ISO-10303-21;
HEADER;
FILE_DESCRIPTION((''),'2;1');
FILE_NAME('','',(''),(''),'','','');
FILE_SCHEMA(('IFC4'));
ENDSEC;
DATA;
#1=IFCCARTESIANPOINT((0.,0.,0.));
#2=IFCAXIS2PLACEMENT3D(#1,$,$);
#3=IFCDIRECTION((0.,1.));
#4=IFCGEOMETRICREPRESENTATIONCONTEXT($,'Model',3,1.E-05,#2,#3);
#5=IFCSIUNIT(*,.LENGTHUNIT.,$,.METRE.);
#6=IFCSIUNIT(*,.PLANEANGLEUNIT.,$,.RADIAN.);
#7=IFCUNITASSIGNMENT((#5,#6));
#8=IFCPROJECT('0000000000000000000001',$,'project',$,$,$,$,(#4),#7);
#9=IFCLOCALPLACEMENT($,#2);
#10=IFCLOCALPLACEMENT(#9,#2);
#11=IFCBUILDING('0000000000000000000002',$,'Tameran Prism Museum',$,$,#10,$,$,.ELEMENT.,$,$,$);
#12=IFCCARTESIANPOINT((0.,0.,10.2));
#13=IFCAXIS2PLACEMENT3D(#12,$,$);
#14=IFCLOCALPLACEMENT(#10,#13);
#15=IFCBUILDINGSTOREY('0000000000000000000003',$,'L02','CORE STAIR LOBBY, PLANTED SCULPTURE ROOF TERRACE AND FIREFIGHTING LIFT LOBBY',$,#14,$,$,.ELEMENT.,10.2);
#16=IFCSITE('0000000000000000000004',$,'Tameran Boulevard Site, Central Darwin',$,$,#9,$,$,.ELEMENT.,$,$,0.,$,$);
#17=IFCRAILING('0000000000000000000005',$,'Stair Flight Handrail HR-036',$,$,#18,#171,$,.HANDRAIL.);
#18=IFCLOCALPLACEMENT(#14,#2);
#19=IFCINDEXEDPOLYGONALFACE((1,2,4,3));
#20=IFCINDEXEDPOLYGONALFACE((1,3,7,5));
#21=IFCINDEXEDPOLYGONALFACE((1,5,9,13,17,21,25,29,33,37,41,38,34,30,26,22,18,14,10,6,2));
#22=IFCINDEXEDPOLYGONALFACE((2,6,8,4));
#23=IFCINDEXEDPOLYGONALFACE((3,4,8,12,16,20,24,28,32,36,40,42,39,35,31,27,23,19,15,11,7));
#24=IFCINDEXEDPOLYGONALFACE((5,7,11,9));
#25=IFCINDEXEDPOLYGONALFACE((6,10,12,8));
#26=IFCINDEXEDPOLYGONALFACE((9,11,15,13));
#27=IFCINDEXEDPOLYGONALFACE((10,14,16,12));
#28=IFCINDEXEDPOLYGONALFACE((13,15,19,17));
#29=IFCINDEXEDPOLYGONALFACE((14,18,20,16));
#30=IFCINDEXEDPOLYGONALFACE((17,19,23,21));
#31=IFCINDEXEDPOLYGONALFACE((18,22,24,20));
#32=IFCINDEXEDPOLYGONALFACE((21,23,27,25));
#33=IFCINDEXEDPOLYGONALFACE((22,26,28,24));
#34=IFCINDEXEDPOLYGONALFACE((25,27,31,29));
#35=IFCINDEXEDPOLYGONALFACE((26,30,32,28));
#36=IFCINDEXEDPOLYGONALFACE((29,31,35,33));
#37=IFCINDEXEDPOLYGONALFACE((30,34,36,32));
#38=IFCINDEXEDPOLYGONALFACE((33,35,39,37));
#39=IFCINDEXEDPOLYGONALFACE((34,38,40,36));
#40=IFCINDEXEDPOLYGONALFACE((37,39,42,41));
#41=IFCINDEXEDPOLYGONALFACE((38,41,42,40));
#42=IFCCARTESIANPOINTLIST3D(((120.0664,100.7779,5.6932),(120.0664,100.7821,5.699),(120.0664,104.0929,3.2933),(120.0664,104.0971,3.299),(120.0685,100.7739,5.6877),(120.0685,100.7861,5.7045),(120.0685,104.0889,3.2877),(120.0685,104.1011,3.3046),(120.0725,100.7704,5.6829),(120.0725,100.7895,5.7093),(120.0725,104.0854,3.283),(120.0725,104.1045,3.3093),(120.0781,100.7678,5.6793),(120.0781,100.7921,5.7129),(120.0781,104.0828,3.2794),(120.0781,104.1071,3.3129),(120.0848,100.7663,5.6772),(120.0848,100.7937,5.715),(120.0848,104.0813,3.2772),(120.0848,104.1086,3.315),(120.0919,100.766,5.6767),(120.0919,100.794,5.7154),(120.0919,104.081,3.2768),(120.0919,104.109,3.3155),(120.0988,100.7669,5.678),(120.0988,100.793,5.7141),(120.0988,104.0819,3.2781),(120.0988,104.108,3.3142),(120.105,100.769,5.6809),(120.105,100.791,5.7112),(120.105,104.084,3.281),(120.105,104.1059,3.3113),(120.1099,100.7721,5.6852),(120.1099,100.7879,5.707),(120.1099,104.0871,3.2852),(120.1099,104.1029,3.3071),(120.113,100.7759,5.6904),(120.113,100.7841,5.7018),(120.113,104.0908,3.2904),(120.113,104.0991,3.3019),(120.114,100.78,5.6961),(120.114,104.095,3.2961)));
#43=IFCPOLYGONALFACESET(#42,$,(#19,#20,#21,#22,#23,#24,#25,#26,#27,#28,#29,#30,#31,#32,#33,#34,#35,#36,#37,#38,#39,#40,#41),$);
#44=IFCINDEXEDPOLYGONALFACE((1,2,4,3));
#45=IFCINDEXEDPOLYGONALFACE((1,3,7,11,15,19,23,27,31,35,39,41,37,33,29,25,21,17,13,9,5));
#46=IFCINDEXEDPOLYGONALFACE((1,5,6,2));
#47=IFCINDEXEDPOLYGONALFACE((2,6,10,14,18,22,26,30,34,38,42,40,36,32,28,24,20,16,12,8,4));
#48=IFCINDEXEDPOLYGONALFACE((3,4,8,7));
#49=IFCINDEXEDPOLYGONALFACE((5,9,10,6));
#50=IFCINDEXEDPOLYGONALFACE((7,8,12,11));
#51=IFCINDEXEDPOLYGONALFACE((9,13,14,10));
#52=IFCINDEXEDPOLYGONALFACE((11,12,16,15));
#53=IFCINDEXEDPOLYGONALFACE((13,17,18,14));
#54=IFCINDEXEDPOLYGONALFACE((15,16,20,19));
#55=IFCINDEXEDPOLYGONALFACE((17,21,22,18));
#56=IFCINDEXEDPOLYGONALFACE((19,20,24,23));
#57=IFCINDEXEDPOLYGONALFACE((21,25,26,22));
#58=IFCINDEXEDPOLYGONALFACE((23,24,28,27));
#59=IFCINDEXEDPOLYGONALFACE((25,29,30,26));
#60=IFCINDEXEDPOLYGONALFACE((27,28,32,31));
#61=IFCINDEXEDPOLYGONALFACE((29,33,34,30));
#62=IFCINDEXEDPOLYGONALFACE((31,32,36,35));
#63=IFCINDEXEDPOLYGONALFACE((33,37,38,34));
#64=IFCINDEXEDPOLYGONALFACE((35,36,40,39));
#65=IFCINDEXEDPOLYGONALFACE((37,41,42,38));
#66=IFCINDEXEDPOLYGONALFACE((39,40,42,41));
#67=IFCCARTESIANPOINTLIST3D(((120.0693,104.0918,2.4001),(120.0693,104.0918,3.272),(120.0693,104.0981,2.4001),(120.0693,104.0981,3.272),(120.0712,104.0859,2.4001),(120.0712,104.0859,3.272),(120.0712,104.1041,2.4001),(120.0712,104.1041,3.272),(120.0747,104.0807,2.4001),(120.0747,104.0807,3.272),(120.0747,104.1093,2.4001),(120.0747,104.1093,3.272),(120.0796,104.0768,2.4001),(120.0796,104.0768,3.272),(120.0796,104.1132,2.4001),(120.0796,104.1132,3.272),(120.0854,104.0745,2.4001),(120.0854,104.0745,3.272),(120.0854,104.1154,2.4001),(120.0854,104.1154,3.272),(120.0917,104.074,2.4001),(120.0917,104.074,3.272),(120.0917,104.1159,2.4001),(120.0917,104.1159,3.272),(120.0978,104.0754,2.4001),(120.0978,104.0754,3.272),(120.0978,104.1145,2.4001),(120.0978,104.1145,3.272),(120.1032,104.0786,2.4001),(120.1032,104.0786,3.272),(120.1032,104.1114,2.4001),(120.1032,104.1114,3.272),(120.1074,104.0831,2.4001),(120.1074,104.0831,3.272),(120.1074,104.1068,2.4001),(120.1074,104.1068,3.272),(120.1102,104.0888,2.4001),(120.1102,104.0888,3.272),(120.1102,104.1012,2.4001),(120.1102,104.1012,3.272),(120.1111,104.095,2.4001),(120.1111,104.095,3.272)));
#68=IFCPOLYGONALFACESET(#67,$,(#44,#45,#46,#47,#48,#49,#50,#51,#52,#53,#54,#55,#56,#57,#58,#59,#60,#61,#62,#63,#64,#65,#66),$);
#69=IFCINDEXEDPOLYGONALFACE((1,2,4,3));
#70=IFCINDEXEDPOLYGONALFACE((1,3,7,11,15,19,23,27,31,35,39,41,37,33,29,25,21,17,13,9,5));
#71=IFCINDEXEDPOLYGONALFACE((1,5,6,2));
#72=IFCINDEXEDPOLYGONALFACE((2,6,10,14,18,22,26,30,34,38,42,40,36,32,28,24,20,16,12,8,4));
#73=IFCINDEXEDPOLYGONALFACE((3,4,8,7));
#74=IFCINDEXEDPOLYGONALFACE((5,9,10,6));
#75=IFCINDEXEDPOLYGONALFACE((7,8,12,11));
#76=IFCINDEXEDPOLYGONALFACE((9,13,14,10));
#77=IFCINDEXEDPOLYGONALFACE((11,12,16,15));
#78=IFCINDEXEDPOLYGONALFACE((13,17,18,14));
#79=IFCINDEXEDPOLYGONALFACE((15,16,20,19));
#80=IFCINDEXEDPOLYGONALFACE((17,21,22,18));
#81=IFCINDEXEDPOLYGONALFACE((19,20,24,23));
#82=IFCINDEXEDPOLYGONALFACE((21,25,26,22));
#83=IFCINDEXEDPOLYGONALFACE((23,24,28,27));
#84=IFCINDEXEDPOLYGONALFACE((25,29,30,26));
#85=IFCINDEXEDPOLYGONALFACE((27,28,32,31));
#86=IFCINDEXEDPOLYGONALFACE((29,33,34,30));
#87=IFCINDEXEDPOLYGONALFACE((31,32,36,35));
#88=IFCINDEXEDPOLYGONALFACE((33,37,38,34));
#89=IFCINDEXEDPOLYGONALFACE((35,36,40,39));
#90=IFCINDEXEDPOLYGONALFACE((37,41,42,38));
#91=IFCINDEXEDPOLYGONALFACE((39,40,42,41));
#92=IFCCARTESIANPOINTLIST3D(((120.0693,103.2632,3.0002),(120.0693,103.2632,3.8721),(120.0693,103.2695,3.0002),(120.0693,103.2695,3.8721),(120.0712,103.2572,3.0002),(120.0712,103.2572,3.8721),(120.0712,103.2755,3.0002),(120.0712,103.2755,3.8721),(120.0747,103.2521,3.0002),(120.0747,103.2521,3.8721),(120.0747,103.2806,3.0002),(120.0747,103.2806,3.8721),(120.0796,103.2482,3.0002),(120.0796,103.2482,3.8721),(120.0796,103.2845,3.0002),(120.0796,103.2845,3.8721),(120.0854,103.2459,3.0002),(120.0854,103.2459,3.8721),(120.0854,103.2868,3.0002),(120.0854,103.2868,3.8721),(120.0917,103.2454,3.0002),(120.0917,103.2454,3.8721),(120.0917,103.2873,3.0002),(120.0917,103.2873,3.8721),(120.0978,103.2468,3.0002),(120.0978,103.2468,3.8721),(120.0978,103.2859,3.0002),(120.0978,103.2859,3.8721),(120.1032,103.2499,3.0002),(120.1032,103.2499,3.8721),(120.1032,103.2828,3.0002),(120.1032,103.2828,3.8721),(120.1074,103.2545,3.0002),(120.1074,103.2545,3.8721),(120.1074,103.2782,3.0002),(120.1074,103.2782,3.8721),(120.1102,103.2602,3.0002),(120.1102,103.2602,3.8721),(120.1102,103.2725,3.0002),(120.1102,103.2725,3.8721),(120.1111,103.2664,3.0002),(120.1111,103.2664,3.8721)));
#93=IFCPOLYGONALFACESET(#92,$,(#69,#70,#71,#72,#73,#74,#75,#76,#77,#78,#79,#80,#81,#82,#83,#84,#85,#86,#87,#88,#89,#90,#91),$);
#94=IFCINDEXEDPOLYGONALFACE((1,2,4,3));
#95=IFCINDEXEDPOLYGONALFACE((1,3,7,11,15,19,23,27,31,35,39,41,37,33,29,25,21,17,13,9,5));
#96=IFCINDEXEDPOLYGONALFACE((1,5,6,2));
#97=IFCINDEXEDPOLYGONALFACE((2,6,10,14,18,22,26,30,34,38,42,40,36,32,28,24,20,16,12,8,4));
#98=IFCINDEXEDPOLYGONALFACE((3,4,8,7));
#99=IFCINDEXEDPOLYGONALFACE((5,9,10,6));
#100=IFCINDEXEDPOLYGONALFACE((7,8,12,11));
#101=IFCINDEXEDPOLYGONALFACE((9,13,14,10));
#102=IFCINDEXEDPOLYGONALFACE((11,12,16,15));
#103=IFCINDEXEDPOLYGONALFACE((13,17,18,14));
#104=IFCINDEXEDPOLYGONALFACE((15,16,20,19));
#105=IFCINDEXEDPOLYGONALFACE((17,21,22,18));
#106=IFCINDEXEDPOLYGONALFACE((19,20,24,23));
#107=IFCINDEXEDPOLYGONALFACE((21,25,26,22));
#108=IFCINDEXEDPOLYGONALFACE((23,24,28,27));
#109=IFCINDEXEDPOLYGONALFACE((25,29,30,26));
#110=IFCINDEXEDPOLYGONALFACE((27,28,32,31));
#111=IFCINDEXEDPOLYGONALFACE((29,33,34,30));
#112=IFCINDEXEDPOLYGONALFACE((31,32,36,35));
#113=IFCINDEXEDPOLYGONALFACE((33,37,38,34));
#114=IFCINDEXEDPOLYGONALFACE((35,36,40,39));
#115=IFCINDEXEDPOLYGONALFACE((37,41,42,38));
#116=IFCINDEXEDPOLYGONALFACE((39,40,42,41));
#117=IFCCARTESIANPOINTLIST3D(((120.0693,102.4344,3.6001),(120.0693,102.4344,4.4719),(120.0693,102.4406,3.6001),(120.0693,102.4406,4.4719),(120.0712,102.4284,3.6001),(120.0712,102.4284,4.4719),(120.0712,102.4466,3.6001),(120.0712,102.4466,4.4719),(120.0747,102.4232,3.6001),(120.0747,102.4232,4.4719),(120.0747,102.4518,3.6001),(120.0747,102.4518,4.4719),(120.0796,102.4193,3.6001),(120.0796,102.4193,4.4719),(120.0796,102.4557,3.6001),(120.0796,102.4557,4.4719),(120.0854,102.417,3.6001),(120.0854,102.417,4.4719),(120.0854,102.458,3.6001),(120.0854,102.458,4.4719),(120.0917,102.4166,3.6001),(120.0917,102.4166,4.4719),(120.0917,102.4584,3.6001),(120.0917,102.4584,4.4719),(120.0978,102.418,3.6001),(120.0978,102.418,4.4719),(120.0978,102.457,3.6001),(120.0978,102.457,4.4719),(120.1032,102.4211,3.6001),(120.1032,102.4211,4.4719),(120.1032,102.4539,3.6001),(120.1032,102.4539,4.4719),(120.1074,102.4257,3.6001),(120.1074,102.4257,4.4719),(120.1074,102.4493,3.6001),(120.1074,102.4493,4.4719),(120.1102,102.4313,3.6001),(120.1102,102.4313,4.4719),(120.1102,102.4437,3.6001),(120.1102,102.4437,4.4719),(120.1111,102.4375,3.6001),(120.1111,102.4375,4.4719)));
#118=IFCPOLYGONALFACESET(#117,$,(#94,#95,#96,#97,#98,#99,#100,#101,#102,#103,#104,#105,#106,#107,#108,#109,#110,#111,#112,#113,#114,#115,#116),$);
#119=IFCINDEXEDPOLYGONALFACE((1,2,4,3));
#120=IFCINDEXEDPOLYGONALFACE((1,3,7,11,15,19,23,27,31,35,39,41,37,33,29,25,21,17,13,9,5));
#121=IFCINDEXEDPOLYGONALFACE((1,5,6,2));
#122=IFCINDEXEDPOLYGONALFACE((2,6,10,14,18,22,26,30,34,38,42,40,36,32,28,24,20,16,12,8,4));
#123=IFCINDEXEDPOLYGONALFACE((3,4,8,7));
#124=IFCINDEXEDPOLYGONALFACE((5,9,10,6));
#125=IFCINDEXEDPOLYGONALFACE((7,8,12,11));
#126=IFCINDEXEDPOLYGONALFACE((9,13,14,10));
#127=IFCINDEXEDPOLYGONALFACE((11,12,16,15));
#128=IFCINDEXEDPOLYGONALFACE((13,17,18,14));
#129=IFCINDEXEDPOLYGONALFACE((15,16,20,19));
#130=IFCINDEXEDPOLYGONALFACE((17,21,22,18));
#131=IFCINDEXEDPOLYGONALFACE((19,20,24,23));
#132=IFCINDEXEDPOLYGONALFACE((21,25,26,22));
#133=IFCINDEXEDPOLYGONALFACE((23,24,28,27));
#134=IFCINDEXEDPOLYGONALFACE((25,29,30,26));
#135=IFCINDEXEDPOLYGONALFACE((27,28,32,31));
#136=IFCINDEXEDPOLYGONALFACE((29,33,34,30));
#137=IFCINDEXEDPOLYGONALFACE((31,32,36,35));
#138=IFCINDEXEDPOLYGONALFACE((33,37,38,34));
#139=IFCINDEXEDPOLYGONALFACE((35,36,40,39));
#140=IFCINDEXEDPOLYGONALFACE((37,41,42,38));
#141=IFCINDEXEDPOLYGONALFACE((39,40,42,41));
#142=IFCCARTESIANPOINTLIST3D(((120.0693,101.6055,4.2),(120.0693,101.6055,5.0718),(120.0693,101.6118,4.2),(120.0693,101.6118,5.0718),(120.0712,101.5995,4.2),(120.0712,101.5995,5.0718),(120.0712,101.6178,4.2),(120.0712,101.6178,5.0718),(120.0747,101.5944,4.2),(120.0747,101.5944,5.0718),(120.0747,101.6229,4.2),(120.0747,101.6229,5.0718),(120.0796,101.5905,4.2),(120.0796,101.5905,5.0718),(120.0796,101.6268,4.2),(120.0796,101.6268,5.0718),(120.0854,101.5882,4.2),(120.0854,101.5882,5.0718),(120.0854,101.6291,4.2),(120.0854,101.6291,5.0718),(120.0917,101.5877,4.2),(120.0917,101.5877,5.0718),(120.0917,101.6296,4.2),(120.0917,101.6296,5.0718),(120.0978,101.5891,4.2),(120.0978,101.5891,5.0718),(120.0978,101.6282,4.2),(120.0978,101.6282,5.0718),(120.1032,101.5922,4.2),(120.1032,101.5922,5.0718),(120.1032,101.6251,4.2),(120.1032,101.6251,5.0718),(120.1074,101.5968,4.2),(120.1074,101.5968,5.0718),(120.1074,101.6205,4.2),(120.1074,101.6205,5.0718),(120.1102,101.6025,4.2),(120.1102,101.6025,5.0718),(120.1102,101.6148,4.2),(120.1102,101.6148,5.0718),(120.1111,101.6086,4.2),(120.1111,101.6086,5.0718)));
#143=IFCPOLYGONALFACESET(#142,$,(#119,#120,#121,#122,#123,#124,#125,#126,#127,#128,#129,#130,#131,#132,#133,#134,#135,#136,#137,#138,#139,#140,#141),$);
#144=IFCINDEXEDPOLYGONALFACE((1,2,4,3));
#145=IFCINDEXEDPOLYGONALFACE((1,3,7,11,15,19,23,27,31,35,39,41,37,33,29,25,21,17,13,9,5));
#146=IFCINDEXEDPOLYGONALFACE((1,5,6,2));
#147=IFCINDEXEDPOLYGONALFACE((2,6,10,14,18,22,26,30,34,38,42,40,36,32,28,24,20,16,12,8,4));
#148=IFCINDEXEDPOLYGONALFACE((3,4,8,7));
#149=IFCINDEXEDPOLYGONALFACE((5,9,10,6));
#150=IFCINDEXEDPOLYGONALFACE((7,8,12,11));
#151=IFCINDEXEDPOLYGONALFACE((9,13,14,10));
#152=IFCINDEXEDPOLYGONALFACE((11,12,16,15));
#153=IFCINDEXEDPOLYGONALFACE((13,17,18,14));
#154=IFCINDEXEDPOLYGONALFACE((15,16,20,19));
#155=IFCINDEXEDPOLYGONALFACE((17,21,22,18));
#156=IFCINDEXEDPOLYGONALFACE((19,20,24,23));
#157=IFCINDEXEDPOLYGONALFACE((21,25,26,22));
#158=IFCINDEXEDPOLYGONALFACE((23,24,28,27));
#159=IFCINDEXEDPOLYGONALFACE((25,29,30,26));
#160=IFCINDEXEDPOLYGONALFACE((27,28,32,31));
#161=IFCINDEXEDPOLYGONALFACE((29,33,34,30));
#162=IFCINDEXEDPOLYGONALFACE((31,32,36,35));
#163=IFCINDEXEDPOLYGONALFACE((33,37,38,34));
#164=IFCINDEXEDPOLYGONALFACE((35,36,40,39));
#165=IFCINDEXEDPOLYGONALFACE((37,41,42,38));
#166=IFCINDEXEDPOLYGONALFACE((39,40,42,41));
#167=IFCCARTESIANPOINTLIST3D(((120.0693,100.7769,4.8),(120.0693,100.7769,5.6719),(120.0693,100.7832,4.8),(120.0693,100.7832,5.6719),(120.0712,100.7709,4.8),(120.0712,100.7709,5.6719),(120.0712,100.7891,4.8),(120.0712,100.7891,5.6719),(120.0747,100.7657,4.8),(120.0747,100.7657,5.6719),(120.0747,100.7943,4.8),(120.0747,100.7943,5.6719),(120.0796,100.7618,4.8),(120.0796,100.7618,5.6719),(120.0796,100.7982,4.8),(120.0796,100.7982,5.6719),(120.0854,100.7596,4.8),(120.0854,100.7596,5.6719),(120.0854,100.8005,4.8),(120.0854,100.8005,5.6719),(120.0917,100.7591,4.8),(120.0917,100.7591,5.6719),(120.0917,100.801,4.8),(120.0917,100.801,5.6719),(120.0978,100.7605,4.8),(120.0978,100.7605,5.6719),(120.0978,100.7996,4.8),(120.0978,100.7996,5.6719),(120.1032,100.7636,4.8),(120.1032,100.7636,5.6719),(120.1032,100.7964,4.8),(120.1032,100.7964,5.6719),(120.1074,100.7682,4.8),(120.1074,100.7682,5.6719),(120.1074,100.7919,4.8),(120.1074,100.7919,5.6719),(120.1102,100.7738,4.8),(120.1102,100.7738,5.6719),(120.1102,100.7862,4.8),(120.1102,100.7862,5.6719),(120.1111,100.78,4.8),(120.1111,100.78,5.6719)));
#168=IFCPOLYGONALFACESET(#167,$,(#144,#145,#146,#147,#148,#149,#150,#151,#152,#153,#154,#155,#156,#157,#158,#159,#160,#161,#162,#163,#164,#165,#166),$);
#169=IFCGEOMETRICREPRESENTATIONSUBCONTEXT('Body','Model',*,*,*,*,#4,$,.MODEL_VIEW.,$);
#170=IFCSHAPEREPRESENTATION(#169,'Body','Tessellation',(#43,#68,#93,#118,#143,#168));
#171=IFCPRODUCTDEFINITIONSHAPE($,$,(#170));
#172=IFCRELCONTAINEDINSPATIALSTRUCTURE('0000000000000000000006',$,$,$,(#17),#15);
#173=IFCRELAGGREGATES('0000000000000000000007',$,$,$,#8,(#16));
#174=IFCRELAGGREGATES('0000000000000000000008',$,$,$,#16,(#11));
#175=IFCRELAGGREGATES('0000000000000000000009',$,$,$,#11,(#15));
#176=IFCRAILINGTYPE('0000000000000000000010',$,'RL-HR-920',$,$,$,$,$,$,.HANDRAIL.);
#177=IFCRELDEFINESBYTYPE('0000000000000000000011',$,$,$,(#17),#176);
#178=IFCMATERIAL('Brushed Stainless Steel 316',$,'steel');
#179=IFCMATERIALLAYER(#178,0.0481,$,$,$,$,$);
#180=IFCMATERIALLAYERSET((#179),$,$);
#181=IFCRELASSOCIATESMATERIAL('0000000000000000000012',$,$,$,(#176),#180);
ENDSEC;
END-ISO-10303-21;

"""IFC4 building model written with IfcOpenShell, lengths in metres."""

from ifc_helpers import new_model, si_unit, direction, frame, origin, origin_2d, place, context, subcontext, project, spatial, circle, extrude, material, layer, layer_set, type_object, element, save


model = new_model("IFC4")

# Units and contexts
model_context = context("Model", 3, precision=1e-05, world=origin(), true_north=direction((0.0, 1.0)))
body_context = subcontext(model_context, "Body", "Model", "MODEL_VIEW")
ifc_project = project(units=[si_unit("LENGTHUNIT", "METRE"), si_unit("PLANEANGLEUNIT", "RADIAN")], contexts=[model_context])

# Site, building, storey
site_placement = place(None, origin())
site = spatial("IfcSite", under=ifc_project, at=site_placement, Name="Tameran Boulevard Site, Central Darwin", CompositionType="ELEMENT", RefElevation=0.0)
building_placement = place(site_placement, origin())
building = spatial("IfcBuilding", under=site, at=building_placement, Name="Tameran Prism Museum", CompositionType="ELEMENT")
storey_placement = place(building_placement, frame((0.0, 0.0, 10.2)))
storey = spatial("IfcBuildingStorey", under=building, at=storey_placement, Name="L02", Description="CORE STAIR LOBBY, PLANTED SCULPTURE ROOF TERRACE AND FIREFIGHTING LIFT LOBBY", CompositionType="ELEMENT", Elevation=10.2)

# Railing
ifc_material_1 = material(Name="Brushed Stainless Steel 316", Category="steel")
ifc_layer_1 = layer(ifc_material_1, 0.0481)
ifc_layer_set_1 = layer_set([ifc_layer_1])
railing_type = type_object("IfcRailingType", Name="RL-HR-920", PredefinedType="HANDRAIL", material=ifc_layer_set_1)
railing_placement = place(storey_placement, frame((120.0901, 104.095, 2.4001)))
element("IfcRailing", 1, at=railing_placement, inside=storey, type_object=railing_type, Name="Stair Flight Handrail HR-036", PredefinedType="HANDRAIL", context=body_context, shape_type="SweptSolid", body=[
    extrude(circle(Radius=0.0239, at=origin_2d()), frame((0.0, 0.0, 0.896), z_axis=(0.0, -0.810009, 0.586418), x_axis=(1.0, 0.0, 0.0)), (0.0, 0.0, 1.0), 4.0925),
    extrude(circle(Radius=0.021, at=origin_2d()), origin(), (0.0, 0.0, 1.0), 0.8718),
    extrude(circle(Radius=0.021, at=origin_2d()), frame((0.0, -0.8286, 0.6001)), (0.0, 0.0, 1.0), 0.8718),
    extrude(circle(Radius=0.021, at=origin_2d()), frame((0.0, -1.6575, 1.2)), (0.0, 0.0, 1.0), 0.8718),
    extrude(circle(Radius=0.021, at=origin_2d()), frame((0.0, -2.4863, 1.7998)), (0.0, 0.0, 1.0), 0.8718),
    extrude(circle(Radius=0.021, at=origin_2d()), frame((0.0, -3.3149, 2.3999)), (0.0, 0.0, 1.0), 0.8718),
])

save(model, "model.ifc")
